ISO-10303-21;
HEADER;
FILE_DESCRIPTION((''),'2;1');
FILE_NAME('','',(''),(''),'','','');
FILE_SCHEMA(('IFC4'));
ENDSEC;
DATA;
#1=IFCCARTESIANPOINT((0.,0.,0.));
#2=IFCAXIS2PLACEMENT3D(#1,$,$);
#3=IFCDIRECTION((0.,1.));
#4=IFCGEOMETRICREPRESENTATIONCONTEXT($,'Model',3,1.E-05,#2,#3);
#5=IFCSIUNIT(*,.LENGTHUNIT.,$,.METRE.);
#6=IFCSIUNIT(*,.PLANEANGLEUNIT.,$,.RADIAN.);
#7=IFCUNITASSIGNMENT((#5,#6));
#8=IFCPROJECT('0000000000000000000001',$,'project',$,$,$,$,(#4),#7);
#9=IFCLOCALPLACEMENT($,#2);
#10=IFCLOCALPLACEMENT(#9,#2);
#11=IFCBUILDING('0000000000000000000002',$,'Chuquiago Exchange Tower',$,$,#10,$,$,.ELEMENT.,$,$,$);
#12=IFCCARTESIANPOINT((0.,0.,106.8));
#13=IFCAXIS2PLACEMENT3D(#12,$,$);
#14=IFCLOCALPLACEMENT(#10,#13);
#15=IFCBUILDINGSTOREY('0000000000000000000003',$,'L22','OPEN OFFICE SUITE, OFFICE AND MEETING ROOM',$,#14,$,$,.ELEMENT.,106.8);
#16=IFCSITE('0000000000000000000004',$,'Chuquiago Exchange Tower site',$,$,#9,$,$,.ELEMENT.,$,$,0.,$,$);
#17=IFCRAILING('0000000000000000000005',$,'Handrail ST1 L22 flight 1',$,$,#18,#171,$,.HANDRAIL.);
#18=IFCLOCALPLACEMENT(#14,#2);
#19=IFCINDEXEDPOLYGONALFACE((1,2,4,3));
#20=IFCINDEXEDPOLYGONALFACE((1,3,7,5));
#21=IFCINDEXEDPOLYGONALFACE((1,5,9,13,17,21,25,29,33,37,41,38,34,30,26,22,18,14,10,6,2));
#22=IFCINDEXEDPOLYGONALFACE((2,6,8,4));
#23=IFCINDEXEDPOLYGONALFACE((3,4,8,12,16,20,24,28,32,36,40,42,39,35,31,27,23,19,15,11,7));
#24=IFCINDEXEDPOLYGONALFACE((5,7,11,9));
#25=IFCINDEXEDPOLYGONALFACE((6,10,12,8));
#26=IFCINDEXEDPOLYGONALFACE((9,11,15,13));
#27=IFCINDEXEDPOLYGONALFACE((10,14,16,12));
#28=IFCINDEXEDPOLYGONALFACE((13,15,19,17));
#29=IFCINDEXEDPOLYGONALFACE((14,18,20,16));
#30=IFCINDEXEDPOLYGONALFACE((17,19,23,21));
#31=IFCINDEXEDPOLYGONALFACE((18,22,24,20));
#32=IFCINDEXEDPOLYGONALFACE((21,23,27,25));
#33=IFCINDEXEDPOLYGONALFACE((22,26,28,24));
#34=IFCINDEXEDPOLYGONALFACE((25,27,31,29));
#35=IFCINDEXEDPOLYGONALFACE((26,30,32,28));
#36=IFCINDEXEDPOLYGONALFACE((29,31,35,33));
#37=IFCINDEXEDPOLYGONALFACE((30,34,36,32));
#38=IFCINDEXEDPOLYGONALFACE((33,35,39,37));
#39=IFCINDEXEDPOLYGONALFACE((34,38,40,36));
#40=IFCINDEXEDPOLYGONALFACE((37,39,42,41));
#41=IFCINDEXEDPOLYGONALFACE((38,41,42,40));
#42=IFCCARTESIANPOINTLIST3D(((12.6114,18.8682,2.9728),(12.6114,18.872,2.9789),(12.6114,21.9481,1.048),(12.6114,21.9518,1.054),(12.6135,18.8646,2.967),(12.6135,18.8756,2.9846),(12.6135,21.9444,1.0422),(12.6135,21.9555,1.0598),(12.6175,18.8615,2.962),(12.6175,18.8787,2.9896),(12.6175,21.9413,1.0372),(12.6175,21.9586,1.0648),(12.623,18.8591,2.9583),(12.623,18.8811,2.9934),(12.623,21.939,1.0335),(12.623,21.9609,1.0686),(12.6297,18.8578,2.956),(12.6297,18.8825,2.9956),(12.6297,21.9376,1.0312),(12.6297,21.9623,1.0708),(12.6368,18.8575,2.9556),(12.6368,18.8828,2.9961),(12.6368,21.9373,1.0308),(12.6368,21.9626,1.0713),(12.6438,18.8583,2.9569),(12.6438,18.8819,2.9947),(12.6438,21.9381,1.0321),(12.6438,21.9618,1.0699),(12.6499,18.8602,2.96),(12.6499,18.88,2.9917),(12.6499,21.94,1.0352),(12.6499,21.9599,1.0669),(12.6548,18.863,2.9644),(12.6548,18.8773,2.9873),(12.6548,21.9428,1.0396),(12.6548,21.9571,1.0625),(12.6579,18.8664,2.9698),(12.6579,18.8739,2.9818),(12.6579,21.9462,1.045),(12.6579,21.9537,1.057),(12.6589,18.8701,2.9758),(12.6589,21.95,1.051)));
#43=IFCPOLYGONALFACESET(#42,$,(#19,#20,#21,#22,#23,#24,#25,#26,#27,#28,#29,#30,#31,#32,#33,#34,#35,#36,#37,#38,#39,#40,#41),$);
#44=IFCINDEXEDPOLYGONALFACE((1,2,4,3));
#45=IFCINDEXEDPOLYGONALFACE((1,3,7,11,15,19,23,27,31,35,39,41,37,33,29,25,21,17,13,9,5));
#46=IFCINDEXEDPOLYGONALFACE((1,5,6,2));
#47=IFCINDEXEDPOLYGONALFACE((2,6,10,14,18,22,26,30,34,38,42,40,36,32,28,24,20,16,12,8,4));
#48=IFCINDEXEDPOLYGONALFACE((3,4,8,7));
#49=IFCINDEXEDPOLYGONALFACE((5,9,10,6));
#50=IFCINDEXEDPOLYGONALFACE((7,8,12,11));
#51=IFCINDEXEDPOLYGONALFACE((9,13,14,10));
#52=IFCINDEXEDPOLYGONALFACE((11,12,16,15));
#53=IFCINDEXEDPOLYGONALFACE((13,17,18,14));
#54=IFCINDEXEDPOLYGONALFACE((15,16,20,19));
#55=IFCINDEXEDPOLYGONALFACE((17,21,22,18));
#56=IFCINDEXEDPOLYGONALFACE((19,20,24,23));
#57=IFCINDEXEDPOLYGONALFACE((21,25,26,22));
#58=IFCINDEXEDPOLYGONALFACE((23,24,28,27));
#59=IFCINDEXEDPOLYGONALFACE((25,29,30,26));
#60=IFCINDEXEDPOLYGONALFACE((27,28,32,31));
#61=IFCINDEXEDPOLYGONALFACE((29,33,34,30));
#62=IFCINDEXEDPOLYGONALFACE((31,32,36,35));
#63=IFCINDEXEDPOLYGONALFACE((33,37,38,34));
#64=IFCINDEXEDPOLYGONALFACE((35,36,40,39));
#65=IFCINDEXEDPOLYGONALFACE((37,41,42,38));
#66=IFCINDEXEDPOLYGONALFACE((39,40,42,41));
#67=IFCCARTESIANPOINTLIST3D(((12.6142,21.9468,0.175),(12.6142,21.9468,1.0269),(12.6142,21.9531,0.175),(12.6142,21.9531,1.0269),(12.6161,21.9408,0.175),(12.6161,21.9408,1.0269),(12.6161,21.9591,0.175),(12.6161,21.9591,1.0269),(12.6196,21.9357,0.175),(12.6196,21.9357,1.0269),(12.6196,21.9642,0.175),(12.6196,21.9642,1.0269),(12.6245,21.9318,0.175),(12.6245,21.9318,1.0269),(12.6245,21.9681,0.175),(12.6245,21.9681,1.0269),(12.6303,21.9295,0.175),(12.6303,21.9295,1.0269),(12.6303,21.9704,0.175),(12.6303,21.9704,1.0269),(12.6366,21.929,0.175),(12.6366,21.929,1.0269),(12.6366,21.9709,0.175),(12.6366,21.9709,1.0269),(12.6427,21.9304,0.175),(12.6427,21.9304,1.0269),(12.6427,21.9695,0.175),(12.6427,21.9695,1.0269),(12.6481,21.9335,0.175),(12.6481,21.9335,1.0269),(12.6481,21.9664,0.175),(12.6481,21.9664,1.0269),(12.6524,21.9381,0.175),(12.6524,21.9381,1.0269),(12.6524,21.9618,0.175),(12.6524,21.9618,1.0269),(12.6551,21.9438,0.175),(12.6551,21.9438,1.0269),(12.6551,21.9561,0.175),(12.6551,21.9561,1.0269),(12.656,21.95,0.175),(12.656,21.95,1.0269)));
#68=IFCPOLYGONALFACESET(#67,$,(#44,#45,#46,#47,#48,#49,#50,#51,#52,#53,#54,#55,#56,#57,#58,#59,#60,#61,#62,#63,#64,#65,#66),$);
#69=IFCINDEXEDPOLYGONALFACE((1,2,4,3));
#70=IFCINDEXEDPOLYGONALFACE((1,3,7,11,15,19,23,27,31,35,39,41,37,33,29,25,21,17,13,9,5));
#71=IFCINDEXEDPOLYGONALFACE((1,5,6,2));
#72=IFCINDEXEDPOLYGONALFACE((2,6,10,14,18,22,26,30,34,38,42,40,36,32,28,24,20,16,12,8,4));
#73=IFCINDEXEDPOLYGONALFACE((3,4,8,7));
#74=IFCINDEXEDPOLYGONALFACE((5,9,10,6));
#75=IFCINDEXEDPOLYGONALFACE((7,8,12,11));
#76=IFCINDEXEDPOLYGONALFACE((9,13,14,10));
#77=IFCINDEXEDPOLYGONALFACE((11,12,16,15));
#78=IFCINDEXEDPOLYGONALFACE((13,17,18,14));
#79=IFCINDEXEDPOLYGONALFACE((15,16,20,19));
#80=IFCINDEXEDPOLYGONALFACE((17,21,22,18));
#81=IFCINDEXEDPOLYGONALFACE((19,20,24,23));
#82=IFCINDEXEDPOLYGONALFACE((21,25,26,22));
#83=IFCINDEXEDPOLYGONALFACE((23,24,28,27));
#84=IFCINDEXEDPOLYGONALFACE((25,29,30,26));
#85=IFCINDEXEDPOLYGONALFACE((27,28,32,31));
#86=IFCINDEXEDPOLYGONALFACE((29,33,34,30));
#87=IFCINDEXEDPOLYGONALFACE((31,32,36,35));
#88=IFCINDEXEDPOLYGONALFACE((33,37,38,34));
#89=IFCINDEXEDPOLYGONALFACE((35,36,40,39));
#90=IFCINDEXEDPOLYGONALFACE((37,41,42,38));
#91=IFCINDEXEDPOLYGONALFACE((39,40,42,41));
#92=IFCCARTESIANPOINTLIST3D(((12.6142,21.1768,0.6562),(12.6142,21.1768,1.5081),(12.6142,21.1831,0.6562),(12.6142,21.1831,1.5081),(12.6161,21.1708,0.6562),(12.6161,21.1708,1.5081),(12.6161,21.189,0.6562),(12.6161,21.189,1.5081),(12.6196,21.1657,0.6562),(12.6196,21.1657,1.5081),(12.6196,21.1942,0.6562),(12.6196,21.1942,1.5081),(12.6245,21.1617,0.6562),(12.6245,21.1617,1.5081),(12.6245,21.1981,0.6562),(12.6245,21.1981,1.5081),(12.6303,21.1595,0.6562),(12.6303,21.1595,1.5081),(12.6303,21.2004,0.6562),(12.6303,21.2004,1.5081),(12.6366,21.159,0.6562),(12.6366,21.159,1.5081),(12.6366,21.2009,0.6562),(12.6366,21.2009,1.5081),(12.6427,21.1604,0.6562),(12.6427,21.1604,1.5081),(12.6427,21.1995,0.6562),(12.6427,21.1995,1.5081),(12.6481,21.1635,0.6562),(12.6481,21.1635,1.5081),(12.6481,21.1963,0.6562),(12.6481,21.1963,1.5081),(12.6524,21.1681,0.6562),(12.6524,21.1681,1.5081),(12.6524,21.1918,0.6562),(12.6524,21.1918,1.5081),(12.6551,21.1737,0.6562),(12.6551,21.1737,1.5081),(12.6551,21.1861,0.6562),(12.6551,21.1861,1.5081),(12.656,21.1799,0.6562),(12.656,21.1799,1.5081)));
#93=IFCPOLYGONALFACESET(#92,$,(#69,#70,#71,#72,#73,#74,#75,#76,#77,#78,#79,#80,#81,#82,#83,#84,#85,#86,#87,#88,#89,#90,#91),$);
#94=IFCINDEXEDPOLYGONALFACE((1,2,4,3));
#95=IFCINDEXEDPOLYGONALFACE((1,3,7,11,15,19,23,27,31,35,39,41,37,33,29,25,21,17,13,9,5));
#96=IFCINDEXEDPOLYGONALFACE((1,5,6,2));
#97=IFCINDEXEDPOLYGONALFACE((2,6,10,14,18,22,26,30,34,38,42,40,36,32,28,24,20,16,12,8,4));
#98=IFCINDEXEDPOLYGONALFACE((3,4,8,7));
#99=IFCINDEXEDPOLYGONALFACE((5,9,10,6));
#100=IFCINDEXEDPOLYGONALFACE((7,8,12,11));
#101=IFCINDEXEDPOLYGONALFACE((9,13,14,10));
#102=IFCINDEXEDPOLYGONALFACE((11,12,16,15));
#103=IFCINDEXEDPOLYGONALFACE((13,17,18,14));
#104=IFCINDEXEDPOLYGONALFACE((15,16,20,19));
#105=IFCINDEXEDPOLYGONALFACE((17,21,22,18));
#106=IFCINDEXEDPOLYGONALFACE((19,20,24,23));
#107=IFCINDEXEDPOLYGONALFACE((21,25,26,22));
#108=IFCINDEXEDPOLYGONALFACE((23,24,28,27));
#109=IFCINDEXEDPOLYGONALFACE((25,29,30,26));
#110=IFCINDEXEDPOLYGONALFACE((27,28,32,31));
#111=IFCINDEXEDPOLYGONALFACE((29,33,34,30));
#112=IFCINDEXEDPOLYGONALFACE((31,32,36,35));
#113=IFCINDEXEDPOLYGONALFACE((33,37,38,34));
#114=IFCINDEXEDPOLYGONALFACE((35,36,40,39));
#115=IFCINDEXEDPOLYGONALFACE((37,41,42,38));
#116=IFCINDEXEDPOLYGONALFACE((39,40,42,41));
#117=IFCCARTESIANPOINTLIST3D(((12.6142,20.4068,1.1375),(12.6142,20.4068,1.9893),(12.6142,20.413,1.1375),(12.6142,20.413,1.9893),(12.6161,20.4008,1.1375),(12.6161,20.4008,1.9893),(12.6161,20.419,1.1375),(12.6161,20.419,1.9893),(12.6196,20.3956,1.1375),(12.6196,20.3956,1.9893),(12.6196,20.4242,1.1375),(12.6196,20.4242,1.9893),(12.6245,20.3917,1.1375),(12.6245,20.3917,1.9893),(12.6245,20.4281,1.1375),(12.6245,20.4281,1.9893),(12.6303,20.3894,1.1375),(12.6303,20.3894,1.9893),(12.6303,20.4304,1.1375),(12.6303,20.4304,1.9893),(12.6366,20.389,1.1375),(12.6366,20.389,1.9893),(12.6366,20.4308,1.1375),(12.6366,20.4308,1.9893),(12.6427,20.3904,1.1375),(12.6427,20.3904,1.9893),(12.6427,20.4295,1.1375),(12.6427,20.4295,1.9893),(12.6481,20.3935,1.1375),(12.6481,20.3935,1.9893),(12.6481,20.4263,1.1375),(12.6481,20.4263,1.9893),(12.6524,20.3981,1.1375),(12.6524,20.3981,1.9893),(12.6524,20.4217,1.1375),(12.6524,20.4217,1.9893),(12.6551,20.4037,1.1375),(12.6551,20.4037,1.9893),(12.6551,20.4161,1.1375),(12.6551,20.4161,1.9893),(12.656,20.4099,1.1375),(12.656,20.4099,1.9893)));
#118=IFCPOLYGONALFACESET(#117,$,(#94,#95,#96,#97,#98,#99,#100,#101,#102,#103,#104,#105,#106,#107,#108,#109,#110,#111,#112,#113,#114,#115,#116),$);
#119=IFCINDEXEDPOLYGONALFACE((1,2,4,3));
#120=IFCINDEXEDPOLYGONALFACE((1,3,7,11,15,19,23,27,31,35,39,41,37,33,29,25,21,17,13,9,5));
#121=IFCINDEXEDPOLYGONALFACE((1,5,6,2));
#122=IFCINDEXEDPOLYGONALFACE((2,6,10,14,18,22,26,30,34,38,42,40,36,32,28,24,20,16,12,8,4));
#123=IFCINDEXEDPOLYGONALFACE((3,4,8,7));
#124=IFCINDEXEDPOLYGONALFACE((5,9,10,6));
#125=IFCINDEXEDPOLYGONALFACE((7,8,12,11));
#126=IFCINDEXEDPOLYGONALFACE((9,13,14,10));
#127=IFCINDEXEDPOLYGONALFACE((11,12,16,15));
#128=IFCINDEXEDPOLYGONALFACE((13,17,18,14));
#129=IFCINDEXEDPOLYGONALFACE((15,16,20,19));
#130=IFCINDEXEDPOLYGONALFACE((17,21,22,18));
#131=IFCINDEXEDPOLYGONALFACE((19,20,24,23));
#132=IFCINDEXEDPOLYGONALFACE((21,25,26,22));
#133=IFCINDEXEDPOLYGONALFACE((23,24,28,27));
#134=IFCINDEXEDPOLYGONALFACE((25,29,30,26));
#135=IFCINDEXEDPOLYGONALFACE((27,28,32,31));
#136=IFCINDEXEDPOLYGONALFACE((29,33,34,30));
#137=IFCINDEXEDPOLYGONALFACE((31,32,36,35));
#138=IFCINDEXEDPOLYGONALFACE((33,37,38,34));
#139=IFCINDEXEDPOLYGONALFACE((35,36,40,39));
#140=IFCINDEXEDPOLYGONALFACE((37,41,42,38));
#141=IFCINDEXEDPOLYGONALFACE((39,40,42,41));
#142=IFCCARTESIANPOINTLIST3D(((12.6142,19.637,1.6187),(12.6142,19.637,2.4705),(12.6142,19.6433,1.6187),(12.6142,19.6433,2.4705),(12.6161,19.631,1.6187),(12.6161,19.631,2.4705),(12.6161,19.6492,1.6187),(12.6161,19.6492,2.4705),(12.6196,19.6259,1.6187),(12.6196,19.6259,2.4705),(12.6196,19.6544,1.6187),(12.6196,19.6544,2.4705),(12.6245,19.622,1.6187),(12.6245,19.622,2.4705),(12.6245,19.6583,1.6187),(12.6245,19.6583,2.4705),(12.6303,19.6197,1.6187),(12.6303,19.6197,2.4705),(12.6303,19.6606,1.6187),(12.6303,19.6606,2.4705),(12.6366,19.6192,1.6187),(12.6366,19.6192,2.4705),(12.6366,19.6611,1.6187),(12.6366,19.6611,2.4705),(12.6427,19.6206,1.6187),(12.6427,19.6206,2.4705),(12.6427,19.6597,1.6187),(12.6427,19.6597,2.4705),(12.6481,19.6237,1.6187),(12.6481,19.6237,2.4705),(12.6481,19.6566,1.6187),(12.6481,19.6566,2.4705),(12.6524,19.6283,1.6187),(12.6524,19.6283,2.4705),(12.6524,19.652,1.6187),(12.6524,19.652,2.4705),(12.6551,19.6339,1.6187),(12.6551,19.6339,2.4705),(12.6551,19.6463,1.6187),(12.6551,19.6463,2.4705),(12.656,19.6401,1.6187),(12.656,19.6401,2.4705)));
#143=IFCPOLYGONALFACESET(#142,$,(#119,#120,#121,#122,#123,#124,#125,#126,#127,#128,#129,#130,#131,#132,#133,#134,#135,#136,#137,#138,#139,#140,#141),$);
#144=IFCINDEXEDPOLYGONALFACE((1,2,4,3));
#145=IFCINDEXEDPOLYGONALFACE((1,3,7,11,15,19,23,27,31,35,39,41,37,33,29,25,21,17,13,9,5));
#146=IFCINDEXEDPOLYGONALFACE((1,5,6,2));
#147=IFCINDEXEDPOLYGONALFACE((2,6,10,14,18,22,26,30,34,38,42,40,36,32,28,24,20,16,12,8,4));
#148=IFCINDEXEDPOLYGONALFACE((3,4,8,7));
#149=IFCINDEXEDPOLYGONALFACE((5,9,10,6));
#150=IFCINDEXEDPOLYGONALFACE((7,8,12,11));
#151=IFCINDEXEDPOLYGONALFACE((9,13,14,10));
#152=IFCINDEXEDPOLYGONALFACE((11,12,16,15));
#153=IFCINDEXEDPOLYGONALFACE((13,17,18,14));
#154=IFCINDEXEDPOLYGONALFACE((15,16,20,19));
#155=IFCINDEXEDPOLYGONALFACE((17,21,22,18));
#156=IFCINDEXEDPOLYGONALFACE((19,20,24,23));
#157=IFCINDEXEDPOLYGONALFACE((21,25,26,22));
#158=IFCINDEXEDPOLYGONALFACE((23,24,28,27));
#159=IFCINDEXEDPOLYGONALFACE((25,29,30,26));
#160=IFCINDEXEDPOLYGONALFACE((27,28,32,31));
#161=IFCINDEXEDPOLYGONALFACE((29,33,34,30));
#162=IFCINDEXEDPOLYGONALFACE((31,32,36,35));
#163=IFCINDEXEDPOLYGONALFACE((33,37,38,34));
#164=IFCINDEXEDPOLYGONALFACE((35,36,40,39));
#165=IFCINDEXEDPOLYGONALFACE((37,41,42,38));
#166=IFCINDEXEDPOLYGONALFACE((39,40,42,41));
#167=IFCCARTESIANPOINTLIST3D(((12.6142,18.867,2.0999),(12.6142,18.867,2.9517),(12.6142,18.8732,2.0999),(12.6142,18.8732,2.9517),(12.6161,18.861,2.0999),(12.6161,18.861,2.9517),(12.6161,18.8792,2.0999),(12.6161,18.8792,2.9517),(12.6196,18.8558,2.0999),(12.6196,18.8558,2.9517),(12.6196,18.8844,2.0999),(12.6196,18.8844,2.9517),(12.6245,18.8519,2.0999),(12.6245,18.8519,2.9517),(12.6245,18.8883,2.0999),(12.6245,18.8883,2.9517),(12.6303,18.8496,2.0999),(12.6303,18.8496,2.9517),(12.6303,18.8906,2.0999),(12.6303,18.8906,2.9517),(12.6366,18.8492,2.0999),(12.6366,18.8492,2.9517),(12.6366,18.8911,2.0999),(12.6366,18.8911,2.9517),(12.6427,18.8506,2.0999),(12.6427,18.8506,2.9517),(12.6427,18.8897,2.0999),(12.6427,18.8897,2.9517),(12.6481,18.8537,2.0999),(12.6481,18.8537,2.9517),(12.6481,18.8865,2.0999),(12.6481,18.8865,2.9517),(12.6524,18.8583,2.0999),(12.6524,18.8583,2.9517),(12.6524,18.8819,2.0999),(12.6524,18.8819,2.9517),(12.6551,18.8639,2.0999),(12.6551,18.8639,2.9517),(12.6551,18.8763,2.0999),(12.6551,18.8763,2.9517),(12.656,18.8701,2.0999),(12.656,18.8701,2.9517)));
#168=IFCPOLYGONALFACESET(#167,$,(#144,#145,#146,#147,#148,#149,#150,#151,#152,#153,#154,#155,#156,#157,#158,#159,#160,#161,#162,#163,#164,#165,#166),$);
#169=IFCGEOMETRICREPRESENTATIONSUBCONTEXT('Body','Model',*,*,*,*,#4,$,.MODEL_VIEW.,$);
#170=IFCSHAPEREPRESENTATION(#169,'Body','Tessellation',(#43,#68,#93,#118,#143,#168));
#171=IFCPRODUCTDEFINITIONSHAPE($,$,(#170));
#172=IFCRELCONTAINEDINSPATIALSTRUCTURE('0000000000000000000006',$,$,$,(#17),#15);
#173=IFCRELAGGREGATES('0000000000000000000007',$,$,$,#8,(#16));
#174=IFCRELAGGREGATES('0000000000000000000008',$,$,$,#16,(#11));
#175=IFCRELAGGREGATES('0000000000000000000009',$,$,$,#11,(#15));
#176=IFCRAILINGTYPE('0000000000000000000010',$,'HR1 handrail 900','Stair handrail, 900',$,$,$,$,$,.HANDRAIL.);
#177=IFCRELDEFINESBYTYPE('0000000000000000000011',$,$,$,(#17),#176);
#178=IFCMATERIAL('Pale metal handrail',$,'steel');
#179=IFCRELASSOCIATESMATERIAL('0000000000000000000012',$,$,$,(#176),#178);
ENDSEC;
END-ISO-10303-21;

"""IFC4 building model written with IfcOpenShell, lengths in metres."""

from ifc_helpers import new_model, si_unit, direction, frame, origin, origin_2d, place, context, subcontext, project, spatial, circle, extrude, material, type_object, element, save


model = new_model("IFC4")

# Units and contexts
model_context = context("Model", 3, precision=1e-05, world=origin(), true_north=direction((0.0, 1.0)))
body_context = subcontext(model_context, "Body", "Model", "MODEL_VIEW")
ifc_project = project(units=[si_unit("LENGTHUNIT", "METRE"), si_unit("PLANEANGLEUNIT", "RADIAN")], contexts=[model_context])

# Site, building, storey
site_placement = place(None, origin())
site = spatial("IfcSite", under=ifc_project, at=site_placement, Name="Chuquiago Exchange Tower site", CompositionType="ELEMENT", RefElevation=0.0)
building_placement = place(site_placement, origin())
building = spatial("IfcBuilding", under=site, at=building_placement, Name="Chuquiago Exchange Tower", CompositionType="ELEMENT")
storey_placement = place(building_placement, frame((0.0, 0.0, 106.8)))
storey = spatial("IfcBuildingStorey", under=building, at=storey_placement, Name="L22", Description="OPEN OFFICE SUITE, OFFICE AND MEETING ROOM", CompositionType="ELEMENT", Elevation=106.8)

# Railing
ifc_material_1 = material(Name="Pale metal handrail", Category="steel")
railing_type_1 = type_object("IfcRailingType", Name="HR1 handrail 900", Description="Stair handrail, 900", PredefinedType="HANDRAIL", material=ifc_material_1)
for number, where, name in (
    (1, (12.635, 21.95, 0.175), "Handrail ST1 L22 flight 1"),
):
    element("IfcRailing", number, at=place(storey_placement, frame(where)), inside=storey, type_object=railing_type_1, Name=name, PredefinedType="HANDRAIL", context=body_context, shape_type="SweptSolid", body=[
        extrude(circle(Radius=0.0239, at=origin_2d()), frame((0.0, 0.0, 0.876), z_axis=(0.0, -0.84801, 0.529981), x_axis=(1.0, 0.0, 0.0)), (0.0, 0.0, 1.0), 3.6318),
        extrude(circle(Radius=0.021, at=origin_2d()), origin(), (0.0, 0.0, 1.0), 0.8518),
        extrude(circle(Radius=0.021, at=origin_2d()), frame((0.0, -0.77, 0.4812)), (0.0, 0.0, 1.0), 0.8518),
        extrude(circle(Radius=0.021, at=origin_2d()), frame((0.0, -1.54, 0.9624)), (0.0, 0.0, 1.0), 0.8518),
        extrude(circle(Radius=0.021, at=origin_2d()), frame((0.0, -2.3098, 1.4436)), (0.0, 0.0, 1.0), 0.8518),
        extrude(circle(Radius=0.021, at=origin_2d()), frame((0.0, -3.0798, 1.9248)), (0.0, 0.0, 1.0), 0.8518),
    ])

save(model, "model.ifc")
